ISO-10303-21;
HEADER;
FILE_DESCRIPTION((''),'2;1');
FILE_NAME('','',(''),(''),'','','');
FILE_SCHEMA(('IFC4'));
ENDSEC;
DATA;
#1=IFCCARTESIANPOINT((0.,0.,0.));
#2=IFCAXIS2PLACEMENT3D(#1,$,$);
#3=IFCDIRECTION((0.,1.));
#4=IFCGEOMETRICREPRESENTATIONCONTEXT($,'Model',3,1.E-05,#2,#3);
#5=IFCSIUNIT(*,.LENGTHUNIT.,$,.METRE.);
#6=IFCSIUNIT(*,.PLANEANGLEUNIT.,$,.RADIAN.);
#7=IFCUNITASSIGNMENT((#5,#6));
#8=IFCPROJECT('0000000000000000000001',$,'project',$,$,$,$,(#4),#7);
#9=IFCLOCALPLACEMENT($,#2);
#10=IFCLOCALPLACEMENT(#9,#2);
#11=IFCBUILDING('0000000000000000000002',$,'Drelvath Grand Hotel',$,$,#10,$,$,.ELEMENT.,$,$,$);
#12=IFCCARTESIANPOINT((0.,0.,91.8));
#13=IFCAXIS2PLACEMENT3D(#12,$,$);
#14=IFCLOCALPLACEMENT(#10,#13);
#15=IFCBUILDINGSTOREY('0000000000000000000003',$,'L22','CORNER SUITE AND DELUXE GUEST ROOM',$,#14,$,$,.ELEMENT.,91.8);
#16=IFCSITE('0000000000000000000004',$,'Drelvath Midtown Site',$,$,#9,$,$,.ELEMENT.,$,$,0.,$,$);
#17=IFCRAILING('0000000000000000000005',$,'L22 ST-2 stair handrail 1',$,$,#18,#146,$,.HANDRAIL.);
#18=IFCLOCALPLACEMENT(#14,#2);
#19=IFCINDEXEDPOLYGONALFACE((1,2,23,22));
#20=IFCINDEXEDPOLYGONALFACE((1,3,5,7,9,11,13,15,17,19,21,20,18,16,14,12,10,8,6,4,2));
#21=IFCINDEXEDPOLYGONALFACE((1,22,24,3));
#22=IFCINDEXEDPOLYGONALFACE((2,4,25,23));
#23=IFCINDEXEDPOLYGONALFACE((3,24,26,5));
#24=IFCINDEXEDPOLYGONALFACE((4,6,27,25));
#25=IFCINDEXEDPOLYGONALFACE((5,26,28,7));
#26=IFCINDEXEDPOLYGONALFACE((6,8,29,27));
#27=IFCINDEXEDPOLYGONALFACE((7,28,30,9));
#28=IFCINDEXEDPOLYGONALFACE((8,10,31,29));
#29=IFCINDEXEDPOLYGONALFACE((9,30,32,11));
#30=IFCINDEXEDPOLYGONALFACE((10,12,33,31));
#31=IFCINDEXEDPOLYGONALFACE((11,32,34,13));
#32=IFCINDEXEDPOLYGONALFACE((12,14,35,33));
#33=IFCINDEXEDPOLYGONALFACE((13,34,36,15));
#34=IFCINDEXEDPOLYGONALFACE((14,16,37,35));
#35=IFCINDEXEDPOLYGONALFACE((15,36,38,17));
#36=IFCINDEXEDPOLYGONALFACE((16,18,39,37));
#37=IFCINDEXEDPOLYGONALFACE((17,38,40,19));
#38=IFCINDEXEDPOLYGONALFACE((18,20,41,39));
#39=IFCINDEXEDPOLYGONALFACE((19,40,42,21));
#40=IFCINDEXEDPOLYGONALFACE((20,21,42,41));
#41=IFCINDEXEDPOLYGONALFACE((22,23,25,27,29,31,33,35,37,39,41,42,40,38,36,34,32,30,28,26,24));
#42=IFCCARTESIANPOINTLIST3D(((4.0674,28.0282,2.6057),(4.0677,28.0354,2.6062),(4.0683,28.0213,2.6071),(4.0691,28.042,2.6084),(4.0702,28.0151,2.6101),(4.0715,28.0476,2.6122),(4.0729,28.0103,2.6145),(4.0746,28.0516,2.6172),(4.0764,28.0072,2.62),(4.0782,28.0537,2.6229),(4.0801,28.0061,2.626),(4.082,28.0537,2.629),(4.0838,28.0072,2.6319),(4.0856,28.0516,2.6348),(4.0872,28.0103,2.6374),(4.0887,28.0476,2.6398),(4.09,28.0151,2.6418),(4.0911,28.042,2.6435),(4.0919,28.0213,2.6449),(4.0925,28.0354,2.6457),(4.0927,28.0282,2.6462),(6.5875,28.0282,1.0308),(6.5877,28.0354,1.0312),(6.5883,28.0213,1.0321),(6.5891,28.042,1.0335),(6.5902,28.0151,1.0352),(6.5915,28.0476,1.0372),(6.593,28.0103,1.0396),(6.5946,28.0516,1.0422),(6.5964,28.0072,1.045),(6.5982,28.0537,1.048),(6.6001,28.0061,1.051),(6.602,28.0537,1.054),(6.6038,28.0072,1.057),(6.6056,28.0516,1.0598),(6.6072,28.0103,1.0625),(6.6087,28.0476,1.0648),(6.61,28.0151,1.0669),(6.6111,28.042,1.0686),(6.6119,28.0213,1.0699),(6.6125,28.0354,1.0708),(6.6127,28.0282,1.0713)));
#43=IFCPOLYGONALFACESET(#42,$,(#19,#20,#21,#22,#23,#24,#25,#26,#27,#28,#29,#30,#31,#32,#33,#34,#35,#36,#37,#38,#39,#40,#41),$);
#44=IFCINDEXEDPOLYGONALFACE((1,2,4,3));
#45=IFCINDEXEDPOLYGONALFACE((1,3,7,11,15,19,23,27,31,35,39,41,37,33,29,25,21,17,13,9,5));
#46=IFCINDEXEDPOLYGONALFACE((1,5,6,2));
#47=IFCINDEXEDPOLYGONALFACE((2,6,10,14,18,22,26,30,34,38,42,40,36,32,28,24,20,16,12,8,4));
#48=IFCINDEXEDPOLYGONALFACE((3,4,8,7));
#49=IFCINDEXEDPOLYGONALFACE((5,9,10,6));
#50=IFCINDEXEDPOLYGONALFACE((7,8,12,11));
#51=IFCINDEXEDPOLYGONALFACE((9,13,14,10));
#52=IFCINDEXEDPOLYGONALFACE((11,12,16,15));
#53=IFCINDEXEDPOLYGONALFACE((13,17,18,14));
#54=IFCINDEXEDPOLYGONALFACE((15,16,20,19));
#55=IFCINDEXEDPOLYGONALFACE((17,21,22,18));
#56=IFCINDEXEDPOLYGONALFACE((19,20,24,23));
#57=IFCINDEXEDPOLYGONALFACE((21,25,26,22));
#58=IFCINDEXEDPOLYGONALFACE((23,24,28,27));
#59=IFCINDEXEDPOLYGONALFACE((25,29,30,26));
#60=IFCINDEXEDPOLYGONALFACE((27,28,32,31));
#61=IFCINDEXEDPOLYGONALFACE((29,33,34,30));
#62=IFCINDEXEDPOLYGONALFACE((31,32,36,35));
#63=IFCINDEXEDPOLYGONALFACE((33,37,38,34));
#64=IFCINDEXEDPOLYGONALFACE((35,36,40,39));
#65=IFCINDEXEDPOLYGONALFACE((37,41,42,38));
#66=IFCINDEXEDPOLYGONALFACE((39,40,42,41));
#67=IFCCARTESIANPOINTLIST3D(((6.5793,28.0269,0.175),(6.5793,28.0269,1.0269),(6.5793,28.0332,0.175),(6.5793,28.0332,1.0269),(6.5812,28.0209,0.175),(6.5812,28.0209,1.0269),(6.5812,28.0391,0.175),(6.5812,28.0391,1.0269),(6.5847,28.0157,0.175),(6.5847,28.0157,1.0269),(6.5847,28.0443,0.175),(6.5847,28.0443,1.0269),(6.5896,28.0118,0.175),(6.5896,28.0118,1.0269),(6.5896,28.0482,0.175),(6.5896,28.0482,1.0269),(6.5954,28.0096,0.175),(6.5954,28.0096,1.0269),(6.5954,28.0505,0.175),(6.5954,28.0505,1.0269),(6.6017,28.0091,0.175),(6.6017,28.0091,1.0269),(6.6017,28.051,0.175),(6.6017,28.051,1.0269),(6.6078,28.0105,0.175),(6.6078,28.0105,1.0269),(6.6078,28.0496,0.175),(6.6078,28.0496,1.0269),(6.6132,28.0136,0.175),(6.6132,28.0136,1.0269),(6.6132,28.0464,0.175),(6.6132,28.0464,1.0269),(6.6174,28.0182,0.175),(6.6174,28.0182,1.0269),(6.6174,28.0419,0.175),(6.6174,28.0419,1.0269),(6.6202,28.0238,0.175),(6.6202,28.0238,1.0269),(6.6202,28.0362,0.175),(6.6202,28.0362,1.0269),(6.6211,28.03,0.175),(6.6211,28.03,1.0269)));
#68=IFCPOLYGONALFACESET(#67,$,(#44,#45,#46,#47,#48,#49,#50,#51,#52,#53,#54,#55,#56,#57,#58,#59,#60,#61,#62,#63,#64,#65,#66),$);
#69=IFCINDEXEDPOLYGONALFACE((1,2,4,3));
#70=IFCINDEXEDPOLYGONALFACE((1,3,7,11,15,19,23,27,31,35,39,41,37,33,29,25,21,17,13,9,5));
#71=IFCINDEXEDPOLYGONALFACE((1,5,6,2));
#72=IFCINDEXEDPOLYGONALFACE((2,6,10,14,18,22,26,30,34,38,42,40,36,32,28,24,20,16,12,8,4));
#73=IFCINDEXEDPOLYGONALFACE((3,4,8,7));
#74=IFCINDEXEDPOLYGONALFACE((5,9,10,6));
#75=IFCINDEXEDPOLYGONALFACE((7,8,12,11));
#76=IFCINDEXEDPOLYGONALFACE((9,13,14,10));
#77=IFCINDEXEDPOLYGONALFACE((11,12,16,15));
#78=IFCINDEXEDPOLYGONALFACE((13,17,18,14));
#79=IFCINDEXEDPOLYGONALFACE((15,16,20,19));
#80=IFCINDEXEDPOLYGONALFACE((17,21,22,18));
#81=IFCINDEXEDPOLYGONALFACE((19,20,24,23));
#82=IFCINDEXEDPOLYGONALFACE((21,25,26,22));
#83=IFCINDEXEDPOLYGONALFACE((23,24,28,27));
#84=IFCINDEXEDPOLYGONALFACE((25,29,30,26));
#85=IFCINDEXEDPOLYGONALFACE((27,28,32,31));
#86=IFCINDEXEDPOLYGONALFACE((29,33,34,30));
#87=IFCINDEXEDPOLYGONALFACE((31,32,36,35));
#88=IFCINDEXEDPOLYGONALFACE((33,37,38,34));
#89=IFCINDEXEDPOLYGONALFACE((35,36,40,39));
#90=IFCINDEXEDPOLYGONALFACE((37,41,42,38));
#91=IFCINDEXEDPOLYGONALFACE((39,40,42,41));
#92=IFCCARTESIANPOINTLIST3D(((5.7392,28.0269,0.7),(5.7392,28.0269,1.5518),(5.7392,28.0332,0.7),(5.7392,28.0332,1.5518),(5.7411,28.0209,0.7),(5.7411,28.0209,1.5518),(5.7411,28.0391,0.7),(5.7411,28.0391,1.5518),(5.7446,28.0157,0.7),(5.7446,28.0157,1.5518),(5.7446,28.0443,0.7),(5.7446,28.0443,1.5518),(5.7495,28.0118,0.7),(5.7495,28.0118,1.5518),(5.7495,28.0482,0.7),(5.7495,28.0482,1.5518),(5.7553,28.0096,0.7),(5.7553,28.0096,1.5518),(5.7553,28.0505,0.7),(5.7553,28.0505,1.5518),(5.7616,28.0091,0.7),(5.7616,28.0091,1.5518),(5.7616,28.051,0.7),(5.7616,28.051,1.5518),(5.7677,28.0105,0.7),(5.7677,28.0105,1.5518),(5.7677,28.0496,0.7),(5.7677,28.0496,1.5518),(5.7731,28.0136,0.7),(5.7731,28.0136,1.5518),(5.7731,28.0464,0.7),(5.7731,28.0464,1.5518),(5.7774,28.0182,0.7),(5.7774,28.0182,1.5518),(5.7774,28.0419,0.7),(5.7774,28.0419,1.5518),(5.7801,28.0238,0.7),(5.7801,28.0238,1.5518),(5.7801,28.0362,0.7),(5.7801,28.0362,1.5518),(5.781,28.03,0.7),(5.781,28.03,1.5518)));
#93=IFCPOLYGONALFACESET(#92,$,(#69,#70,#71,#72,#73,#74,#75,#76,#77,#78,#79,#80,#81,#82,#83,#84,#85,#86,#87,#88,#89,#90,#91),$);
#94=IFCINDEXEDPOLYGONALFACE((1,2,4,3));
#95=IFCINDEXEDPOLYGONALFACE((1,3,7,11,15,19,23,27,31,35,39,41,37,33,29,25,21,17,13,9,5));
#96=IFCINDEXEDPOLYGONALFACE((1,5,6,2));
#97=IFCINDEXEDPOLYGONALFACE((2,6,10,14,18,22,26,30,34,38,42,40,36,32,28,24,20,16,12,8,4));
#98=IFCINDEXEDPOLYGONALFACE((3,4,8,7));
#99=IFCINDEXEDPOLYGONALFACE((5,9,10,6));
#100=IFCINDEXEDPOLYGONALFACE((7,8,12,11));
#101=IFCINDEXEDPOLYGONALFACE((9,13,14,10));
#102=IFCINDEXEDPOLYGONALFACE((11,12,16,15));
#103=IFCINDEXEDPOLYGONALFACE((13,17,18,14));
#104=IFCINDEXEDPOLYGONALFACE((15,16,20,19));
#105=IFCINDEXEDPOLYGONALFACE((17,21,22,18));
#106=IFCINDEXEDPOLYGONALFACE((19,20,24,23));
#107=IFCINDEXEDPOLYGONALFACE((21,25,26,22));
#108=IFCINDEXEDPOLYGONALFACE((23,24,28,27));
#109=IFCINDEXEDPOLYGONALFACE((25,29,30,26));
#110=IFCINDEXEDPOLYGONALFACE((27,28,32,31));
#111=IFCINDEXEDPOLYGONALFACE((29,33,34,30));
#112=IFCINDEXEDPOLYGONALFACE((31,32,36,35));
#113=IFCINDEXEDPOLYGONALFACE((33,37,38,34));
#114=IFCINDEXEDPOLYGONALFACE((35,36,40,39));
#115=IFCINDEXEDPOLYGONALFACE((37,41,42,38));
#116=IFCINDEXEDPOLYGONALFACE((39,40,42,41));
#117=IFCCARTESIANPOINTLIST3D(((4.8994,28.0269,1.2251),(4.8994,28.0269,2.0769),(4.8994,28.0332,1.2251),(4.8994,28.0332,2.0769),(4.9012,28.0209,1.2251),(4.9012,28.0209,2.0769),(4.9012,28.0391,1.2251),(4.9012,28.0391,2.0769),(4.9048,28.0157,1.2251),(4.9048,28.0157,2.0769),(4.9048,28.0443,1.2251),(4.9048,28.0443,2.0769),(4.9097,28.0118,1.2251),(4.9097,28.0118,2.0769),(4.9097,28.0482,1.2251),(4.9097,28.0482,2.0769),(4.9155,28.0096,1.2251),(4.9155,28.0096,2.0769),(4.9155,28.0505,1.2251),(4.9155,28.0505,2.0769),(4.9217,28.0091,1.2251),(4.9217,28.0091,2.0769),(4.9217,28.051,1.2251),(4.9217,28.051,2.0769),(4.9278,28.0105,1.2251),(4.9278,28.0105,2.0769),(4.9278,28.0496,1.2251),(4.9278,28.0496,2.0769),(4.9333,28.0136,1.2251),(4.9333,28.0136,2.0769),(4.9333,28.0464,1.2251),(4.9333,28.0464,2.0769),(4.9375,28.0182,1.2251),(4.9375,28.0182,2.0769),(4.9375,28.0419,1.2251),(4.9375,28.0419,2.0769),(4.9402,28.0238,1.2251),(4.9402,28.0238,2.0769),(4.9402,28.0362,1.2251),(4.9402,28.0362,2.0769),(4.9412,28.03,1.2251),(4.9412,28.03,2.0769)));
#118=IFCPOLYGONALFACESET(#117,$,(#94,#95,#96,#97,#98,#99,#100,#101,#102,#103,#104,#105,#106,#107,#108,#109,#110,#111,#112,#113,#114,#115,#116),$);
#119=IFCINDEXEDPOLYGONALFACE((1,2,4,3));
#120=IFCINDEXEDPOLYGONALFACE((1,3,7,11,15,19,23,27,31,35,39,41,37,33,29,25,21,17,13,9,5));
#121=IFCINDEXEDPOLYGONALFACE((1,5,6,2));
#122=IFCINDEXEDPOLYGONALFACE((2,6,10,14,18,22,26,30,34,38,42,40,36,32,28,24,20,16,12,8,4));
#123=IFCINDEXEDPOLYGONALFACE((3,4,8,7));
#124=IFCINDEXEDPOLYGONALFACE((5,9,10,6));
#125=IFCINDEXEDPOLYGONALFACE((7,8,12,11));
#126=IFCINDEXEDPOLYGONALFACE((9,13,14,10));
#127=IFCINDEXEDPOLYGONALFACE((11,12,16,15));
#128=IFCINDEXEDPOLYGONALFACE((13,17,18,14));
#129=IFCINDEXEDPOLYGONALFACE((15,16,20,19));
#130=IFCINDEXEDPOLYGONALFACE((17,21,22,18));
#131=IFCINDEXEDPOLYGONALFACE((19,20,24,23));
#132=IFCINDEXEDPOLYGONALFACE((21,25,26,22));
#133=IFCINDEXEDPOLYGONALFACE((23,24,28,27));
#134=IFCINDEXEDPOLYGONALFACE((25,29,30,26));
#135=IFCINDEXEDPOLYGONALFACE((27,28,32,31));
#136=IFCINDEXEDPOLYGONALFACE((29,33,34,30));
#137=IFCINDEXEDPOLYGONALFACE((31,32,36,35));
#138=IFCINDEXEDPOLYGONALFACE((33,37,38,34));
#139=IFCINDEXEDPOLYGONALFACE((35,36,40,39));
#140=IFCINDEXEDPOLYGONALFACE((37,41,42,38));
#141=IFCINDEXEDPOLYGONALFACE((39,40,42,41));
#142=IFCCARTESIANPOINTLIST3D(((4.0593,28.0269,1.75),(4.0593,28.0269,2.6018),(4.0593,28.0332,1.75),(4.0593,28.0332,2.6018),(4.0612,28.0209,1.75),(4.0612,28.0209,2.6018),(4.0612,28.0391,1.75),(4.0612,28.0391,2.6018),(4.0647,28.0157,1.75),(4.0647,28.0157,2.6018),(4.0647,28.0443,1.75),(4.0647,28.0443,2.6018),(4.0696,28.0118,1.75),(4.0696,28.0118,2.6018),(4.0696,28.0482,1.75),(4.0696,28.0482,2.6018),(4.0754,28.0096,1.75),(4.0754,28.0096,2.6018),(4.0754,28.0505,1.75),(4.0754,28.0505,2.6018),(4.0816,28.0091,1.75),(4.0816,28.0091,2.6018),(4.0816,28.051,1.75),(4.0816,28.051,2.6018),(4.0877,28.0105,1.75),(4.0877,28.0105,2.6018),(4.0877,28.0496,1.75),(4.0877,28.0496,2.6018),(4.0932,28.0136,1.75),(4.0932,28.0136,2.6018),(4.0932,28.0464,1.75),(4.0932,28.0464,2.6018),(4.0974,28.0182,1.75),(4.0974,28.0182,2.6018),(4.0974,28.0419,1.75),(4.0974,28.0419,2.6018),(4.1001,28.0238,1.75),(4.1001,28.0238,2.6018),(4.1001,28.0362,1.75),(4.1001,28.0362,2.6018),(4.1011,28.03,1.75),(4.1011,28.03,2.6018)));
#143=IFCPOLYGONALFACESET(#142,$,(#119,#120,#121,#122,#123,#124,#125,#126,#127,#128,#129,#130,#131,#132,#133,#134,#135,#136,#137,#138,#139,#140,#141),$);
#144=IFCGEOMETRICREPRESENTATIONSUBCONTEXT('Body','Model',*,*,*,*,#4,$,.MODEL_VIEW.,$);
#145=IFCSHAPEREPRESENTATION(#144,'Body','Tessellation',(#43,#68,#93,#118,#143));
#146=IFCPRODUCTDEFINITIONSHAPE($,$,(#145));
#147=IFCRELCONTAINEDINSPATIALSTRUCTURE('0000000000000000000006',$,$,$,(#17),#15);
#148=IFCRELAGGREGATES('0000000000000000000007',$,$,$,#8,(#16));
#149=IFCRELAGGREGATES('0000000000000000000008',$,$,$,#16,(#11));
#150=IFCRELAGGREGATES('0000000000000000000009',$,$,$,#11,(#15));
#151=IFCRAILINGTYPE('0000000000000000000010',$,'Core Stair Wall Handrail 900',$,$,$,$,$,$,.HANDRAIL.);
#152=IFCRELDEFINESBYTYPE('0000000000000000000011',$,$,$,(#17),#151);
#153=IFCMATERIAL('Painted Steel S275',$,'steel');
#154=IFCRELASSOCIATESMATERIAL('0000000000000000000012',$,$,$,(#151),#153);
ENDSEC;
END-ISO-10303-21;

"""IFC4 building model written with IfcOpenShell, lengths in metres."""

from ifc_helpers import new_model, si_unit, direction, frame, origin, origin_2d, place, context, subcontext, project, spatial, circle, extrude, material, type_object, element, save


model = new_model("IFC4")

# Units and contexts
model_context = context("Model", 3, precision=1e-05, world=origin(), true_north=direction((0.0, 1.0)))
body_context = subcontext(model_context, "Body", "Model", "MODEL_VIEW")
ifc_project = project(units=[si_unit("LENGTHUNIT", "METRE"), si_unit("PLANEANGLEUNIT", "RADIAN")], contexts=[model_context])

# Site, building, storey
site_placement = place(None, origin())
site = spatial("IfcSite", under=ifc_project, at=site_placement, Name="Drelvath Midtown Site", CompositionType="ELEMENT", RefElevation=0.0)
building_placement = place(site_placement, origin())
building = spatial("IfcBuilding", under=site, at=building_placement, Name="Drelvath Grand Hotel", CompositionType="ELEMENT")
storey_placement = place(building_placement, frame((0.0, 0.0, 91.8)))
storey = spatial("IfcBuildingStorey", under=building, at=storey_placement, Name="L22", Description="CORNER SUITE AND DELUXE GUEST ROOM", CompositionType="ELEMENT", Elevation=91.8)

# Shared definitions
ifc_material_1 = material(Name="Painted Steel S275", Category="steel")

# Railing
railing_type_1 = type_object("IfcRailingType", Name="Core Stair Wall Handrail 900", PredefinedType="HANDRAIL", material=ifc_material_1)
railing_1_placement = place(storey_placement, frame((6.6001, 28.03, 0.175)))
element("IfcRailing", 1, at=railing_1_placement, inside=storey, type_object=railing_type_1, Name="L22 ST-2 stair handrail 1", PredefinedType="HANDRAIL", context=body_context, shape_type="SweptSolid", body=[
    extrude(circle(Radius=0.0239, at=origin_2d()), frame((0.0, 0.0, 0.876), z_axis=(-0.848008, 0.0, 0.529984), x_axis=(0.0, -1.0, 0.0)), (0.0, 0.0, 1.0), 2.9717),
    extrude(circle(Radius=0.021, at=origin_2d()), origin(), (0.0, 0.0, 1.0), 0.8518),
    extrude(circle(Radius=0.021, at=origin_2d()), frame((-0.8401, 0.0, 0.5249)), (0.0, 0.0, 1.0), 0.8518),
    extrude(circle(Radius=0.021, at=origin_2d()), frame((-1.6799, 0.0, 1.05)), (0.0, 0.0, 1.0), 0.8518),
    extrude(circle(Radius=0.021, at=origin_2d()), frame((-2.52, 0.0, 1.575)), (0.0, 0.0, 1.0), 0.8518),
])

save(model, "model.ifc")
